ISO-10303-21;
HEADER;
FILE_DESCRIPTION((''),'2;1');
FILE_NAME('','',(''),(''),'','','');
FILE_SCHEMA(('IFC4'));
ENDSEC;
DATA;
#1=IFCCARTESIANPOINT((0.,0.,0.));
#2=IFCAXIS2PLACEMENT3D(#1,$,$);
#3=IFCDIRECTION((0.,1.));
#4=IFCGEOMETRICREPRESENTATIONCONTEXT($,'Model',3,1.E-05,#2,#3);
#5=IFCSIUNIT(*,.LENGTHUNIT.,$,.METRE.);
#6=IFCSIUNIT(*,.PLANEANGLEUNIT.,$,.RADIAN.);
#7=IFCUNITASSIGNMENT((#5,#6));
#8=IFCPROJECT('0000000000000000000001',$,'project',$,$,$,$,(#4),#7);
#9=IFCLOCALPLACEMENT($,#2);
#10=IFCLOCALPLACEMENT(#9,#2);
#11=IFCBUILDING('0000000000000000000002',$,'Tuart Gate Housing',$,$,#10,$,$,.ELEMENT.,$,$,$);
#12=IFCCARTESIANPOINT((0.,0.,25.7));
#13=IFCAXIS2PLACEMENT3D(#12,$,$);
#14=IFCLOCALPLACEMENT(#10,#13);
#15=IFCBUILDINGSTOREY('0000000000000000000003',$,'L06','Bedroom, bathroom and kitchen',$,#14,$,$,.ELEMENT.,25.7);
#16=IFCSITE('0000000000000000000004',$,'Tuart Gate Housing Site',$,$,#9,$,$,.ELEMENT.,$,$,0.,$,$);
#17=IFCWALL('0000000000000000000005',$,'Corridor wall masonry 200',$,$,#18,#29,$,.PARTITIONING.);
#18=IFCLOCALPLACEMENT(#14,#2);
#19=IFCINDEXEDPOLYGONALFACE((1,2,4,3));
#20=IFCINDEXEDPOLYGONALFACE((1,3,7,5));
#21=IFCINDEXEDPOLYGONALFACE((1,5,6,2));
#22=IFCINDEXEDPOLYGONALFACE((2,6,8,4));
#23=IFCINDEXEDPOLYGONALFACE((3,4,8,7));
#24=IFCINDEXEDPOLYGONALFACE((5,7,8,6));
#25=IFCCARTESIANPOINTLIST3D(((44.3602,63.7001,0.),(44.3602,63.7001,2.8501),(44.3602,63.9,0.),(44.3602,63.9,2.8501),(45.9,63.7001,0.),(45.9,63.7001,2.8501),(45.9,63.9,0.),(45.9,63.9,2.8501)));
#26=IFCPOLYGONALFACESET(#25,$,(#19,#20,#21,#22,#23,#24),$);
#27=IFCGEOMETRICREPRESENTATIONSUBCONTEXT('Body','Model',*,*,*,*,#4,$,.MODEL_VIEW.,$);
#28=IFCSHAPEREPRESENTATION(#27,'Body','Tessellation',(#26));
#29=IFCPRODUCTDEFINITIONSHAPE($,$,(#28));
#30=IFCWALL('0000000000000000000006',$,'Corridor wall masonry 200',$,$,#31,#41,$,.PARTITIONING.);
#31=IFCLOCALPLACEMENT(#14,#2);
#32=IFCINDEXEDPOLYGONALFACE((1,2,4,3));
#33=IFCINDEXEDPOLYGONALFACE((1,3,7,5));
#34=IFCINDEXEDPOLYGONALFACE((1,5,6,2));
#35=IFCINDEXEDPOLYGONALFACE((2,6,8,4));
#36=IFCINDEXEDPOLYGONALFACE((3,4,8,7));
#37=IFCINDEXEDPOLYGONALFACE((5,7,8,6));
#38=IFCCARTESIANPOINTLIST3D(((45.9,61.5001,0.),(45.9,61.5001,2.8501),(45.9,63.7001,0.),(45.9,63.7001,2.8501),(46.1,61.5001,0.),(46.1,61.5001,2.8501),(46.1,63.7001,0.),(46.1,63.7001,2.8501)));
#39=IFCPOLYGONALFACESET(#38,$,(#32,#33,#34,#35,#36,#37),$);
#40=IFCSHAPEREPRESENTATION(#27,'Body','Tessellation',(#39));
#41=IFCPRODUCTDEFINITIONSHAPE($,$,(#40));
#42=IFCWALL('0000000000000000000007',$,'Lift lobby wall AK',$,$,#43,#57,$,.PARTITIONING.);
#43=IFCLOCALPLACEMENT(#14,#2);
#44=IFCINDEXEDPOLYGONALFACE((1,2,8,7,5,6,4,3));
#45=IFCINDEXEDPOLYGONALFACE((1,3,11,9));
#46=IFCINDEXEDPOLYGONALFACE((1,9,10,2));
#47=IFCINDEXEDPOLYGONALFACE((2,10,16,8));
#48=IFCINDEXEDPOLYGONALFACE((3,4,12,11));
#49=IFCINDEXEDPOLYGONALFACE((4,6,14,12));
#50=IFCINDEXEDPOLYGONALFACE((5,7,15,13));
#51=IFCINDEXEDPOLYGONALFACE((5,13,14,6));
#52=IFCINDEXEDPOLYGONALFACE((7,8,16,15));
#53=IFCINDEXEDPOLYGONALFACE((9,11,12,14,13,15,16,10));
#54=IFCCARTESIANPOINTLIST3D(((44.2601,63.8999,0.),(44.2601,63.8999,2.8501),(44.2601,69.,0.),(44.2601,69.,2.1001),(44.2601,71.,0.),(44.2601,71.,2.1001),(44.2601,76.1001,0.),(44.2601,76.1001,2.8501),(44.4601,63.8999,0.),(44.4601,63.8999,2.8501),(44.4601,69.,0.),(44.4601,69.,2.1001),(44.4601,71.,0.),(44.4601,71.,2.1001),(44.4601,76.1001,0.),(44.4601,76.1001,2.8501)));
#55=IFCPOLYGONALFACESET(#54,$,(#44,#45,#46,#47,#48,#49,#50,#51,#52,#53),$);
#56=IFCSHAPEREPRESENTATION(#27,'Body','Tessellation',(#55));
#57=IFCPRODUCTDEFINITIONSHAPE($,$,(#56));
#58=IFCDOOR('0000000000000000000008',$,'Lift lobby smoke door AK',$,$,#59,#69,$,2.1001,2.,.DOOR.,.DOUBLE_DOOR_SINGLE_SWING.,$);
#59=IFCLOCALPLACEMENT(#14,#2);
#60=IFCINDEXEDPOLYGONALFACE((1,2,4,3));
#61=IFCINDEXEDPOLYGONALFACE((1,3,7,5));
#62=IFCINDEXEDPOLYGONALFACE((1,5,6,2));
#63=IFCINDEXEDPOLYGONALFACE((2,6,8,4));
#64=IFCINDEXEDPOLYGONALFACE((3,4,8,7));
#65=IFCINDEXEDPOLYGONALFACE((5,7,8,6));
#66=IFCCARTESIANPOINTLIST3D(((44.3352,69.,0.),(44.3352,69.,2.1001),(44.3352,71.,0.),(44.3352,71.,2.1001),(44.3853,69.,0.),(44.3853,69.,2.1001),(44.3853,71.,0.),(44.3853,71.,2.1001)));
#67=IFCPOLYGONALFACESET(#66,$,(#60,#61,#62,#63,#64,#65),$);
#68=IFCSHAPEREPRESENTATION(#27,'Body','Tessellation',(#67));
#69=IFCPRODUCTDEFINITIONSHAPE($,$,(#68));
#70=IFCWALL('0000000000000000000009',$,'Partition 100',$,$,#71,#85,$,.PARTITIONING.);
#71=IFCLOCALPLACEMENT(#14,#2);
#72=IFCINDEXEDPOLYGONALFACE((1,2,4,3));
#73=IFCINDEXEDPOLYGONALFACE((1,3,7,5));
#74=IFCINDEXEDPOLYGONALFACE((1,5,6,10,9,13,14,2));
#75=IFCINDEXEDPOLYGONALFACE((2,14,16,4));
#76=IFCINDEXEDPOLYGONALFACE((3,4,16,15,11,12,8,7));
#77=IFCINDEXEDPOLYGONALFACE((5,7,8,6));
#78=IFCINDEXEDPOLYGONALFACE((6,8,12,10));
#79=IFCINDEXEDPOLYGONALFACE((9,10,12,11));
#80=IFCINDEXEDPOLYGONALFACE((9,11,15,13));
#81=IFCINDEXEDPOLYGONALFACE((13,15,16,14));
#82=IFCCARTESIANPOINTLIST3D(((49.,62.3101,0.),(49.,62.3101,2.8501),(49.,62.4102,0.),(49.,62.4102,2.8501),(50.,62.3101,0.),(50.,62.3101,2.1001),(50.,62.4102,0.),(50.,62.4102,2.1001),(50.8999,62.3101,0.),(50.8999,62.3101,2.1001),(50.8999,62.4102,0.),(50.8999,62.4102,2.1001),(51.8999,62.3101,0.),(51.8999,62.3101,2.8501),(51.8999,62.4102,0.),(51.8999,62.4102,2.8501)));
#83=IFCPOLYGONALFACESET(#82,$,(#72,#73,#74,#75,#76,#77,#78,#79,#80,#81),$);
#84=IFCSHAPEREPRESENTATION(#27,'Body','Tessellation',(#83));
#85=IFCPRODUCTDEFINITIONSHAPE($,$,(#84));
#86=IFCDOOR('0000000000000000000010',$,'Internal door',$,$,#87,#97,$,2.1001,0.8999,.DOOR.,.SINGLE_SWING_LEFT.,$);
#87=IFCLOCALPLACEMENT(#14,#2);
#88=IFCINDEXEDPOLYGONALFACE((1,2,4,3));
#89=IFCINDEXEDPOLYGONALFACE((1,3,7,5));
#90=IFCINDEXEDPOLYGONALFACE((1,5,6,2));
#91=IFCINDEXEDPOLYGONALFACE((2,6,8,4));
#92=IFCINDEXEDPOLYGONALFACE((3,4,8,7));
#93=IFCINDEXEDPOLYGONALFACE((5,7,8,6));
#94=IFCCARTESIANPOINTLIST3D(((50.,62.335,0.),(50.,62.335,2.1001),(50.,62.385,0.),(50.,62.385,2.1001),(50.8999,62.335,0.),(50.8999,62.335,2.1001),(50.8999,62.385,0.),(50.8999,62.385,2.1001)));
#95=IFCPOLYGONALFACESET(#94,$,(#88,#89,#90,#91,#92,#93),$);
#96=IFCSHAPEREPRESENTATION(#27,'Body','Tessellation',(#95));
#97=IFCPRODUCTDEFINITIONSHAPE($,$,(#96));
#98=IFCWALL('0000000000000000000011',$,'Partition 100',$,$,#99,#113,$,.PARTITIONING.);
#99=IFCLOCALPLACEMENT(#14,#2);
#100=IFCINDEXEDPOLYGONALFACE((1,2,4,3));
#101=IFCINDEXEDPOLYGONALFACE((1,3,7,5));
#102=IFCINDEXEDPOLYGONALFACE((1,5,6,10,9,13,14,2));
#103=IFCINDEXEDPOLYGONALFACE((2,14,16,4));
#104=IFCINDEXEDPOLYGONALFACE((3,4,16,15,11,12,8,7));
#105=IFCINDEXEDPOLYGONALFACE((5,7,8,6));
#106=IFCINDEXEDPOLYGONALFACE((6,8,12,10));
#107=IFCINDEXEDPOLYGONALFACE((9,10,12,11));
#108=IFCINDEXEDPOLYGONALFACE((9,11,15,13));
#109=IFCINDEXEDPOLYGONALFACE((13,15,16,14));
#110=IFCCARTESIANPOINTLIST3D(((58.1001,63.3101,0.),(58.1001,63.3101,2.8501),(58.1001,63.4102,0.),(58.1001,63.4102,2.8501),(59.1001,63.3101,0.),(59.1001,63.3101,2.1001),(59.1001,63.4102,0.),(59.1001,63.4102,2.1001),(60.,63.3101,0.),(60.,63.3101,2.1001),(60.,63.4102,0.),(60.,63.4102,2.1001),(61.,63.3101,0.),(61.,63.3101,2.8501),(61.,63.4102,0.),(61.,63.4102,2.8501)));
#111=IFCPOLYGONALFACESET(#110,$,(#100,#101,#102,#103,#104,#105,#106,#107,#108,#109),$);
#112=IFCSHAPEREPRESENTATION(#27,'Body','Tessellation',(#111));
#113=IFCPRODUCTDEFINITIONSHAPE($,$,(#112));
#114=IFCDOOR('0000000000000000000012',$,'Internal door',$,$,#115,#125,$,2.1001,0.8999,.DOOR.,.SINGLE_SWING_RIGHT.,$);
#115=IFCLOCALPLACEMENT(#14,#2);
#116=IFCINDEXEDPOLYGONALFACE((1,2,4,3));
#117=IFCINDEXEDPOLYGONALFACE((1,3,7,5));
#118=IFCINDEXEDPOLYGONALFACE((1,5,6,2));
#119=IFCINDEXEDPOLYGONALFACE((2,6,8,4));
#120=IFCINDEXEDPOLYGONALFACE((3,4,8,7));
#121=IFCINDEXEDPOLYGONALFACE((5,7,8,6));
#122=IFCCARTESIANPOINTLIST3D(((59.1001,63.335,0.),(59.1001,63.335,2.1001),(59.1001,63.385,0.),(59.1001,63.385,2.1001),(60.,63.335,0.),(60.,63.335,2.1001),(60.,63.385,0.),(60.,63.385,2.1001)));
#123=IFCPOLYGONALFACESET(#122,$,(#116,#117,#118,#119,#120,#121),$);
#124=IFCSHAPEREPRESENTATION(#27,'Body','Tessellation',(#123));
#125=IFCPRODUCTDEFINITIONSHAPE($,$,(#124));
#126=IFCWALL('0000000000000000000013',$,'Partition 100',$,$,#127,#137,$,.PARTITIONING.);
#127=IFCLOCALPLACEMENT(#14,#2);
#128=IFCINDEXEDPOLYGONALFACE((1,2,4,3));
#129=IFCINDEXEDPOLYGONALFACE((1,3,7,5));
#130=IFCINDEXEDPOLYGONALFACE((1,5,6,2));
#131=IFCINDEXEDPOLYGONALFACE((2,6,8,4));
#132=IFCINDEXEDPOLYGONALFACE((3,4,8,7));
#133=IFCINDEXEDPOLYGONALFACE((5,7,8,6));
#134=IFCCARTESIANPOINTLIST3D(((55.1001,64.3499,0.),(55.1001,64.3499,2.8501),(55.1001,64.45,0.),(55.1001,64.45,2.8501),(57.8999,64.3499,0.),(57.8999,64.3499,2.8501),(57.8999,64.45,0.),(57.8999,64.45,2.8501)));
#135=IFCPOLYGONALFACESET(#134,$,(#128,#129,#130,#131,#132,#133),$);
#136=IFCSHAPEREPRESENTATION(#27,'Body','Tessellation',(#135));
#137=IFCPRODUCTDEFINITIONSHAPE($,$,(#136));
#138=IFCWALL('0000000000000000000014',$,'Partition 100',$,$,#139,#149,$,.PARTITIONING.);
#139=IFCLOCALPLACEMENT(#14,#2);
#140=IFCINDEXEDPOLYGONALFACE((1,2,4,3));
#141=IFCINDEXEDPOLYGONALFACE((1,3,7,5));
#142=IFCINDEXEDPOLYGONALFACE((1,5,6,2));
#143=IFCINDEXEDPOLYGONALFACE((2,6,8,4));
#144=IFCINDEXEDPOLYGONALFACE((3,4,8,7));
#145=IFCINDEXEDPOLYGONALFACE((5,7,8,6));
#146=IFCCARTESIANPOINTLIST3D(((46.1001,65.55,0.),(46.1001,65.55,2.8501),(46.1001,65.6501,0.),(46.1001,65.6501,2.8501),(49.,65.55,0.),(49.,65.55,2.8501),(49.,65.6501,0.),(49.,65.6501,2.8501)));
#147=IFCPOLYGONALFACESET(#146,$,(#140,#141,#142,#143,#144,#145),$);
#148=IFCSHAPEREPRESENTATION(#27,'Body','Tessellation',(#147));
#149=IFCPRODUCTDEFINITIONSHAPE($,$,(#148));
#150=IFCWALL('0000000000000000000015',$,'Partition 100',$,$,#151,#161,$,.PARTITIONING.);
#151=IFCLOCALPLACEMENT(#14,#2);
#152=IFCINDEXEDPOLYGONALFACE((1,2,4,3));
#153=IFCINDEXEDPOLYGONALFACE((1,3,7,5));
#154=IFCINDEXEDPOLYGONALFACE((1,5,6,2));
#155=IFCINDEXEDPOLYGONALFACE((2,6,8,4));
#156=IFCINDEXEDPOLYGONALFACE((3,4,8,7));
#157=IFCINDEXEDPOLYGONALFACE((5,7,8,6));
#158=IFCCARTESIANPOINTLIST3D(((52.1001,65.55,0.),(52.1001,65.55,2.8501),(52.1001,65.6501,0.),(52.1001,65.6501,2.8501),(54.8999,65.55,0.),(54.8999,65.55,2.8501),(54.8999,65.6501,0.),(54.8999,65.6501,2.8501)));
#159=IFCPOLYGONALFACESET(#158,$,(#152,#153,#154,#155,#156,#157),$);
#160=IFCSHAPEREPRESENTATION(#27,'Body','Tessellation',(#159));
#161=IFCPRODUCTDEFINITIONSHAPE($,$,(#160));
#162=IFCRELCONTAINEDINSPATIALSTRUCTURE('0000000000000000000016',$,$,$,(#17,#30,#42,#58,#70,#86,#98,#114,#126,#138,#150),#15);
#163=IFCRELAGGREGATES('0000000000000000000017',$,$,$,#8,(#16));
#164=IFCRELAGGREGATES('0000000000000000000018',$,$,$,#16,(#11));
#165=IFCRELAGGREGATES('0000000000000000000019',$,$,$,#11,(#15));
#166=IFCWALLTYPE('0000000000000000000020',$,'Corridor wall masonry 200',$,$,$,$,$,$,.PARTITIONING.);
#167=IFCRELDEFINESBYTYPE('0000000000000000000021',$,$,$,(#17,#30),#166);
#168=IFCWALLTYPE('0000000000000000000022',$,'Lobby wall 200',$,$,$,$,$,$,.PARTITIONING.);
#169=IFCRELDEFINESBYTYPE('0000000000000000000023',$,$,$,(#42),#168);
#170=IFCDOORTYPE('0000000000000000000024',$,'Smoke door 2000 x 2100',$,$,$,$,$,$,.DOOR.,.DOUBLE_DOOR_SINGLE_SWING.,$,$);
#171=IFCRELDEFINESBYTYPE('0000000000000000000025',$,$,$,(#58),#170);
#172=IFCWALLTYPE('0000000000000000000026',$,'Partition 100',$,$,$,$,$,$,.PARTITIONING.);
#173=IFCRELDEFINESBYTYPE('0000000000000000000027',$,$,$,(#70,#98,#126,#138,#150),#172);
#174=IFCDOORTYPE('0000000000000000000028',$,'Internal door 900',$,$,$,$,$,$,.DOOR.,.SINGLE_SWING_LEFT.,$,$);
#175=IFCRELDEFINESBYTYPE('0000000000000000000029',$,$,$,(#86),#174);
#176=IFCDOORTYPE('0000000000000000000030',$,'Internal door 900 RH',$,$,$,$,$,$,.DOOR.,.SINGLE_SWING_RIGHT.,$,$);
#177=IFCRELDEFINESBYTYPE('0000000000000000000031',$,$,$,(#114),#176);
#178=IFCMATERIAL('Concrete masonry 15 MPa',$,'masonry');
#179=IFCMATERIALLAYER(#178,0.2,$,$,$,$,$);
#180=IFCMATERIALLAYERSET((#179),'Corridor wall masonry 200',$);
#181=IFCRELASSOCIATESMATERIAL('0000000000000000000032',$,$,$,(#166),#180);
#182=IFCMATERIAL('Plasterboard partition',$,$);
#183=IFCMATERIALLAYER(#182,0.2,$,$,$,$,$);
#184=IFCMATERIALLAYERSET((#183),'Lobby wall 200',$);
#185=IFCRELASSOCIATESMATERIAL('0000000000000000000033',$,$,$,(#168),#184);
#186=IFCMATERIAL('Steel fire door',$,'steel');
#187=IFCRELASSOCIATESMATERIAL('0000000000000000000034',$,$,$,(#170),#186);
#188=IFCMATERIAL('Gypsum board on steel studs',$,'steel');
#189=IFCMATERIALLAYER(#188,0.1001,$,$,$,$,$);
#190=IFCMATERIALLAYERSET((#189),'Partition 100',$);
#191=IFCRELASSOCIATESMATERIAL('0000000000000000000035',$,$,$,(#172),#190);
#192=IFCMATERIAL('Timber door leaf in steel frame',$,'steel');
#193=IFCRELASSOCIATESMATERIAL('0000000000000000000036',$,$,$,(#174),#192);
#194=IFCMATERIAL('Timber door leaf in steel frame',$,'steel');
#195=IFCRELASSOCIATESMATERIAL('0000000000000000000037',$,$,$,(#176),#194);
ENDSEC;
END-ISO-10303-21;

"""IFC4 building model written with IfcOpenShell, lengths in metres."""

from ifc_helpers import new_model, si_unit, direction, frame, frame_2d, origin, place, context, subcontext, project, spatial, rectangle, extrude, material, layer, layer_set, type_object, element, fill, save


model = new_model("IFC4")

# Units and contexts
model_context = context("Model", 3, precision=1e-05, world=origin(), true_north=direction((0.0, 1.0)))
body_context = subcontext(model_context, "Body", "Model", "MODEL_VIEW")
ifc_project = project(units=[si_unit("LENGTHUNIT", "METRE"), si_unit("PLANEANGLEUNIT", "RADIAN")], contexts=[model_context])

# Site, building, storey
site_placement = place(None, origin())
site = spatial("IfcSite", under=ifc_project, at=site_placement, Name="Tuart Gate Housing Site", CompositionType="ELEMENT", RefElevation=0.0)
building_placement = place(site_placement, origin())
building = spatial("IfcBuilding", under=site, at=building_placement, Name="Tuart Gate Housing", CompositionType="ELEMENT")
storey_placement = place(building_placement, frame((0.0, 0.0, 25.7)))
storey = spatial("IfcBuildingStorey", under=building, at=storey_placement, Name="L06", Description="Bedroom, bathroom and kitchen", CompositionType="ELEMENT", Elevation=25.7)

# Walls
ifc_material_1 = material(Name="Concrete masonry 15 MPa", Category="masonry")
ifc_layer_1 = layer(ifc_material_1, 0.2)
ifc_layer_set_1 = layer_set([ifc_layer_1], Name="Corridor wall masonry 200")
wall_type_1 = type_object("IfcWallType", Name="Corridor wall masonry 200", PredefinedType="PARTITIONING", material=ifc_layer_set_1)
wall_1_placement = place(storey_placement, frame((44.3601, 63.8, 0.0), z_axis=(0.0, 0.0, 1.0), x_axis=(1.0, 0.0, 0.0)))
element("IfcWall", 1, at=wall_1_placement, inside=storey, type_object=wall_type_1, Name="Corridor wall masonry 200", PredefinedType="PARTITIONING", context=body_context, shape_type="SweptSolid", body=[
    extrude(rectangle(XDim=1.5398, YDim=0.2, at=frame_2d((0.77, 0.0))), origin(), (0.0, 0.0, 1.0), 2.8501),
])
wall_2_placement = place(storey_placement, frame((46.0, 61.5, 0.0), z_axis=(0.0, 0.0, 1.0), x_axis=(0.0, 1.0, 0.0)))
element("IfcWall", 2, at=wall_2_placement, inside=storey, type_object=wall_type_1, Name="Corridor wall masonry 200", PredefinedType="PARTITIONING", context=body_context, shape_type="SweptSolid", body=[
    extrude(rectangle(XDim=2.2, YDim=0.2, at=frame_2d((1.1001, 0.0))), origin(), (0.0, 0.0, 1.0), 2.8501),
])

# Walls, openings, doors
ifc_material_2 = material(Name="Plasterboard partition")
ifc_layer_2 = layer(ifc_material_2, 0.2)
ifc_layer_set_2 = layer_set([ifc_layer_2], Name="Lobby wall 200")
wall_type_2 = type_object("IfcWallType", Name="Lobby wall 200", PredefinedType="PARTITIONING", material=ifc_layer_set_2)
wall_3_placement = place(storey_placement, frame((44.3601, 63.8999, 0.0), z_axis=(0.0, 0.0, 1.0), x_axis=(0.0, 1.0, 0.0)))
wall_3 = element("IfcWall", 3, at=wall_3_placement, inside=storey, type_object=wall_type_2, Name="Lift lobby wall AK", PredefinedType="PARTITIONING", context=body_context, shape_type="SweptSolid", body=[
    extrude(rectangle(XDim=12.2002, YDim=0.2, at=frame_2d((6.1001, 0.0))), origin(), (0.0, 0.0, 1.0), 2.8501),
])
opening_1_placement = place(wall_3_placement, frame((5.1001, 0.0, 0.0)))
opening_1 = element("IfcOpeningElement", 4, at=opening_1_placement, cuts=wall_3, PredefinedType="OPENING", context=body_context, shape_type="SweptSolid", body=[
    extrude(rectangle(XDim=2.0, YDim=2.1001, at=frame_2d((1.0, 1.05))), frame((0.0, 0.1099, 0.0), z_axis=(0.0, -1.0, 0.0), x_axis=(1.0, 0.0, 0.0)), (0.0, 0.0, 1.0), 0.22),
])
ifc_material_3 = material(Name="Steel fire door", Category="steel")
door_type_1 = type_object("IfcDoorType", Name="Smoke door 2000 x 2100", OperationType="DOUBLE_DOOR_SINGLE_SWING", PredefinedType="DOOR", material=ifc_material_3)
door_1_placement = place(opening_1_placement, origin())
door_1 = element("IfcDoor", 5, at=door_1_placement, inside=storey, type_object=door_type_1, Name="Lift lobby smoke door AK", OperationType="DOUBLE_DOOR_SINGLE_SWING", OverallHeight=2.1001, OverallWidth=2.0, PredefinedType="DOOR", context=body_context, shape_type="SweptSolid", body=[
    extrude(rectangle(XDim=2.0, YDim=2.1001, at=frame_2d((1.0, 1.05))), frame((0.0, 0.0249, 0.0), z_axis=(0.0, -1.0, 0.0), x_axis=(1.0, 0.0, 0.0)), (0.0, 0.0, 1.0), 0.05),
])
fill(opening_1, door_1)
ifc_material_4 = material(Name="Gypsum board on steel studs", Category="steel")
ifc_layer_3 = layer(ifc_material_4, 0.1001)
ifc_layer_set_3 = layer_set([ifc_layer_3], Name="Partition 100")
wall_type_3 = type_object("IfcWallType", Name="Partition 100", PredefinedType="PARTITIONING", material=ifc_layer_set_3)
wall_4_placement = place(storey_placement, frame((49.0, 62.3601, 0.0), z_axis=(0.0, 0.0, 1.0), x_axis=(1.0, 0.0, 0.0)))
wall_4 = element("IfcWall", 6, at=wall_4_placement, inside=storey, type_object=wall_type_3, Name="Partition 100", PredefinedType="PARTITIONING", context=body_context, shape_type="SweptSolid", body=[
    extrude(rectangle(XDim=2.8999, YDim=0.1001, at=frame_2d((1.45, 0.0))), origin(), (0.0, 0.0, 1.0), 2.8501),
])
opening_2_placement = place(wall_4_placement, frame((1.0, 0.0, 0.0)))
opening_2 = element("IfcOpeningElement", 7, at=opening_2_placement, cuts=wall_4, PredefinedType="OPENING", context=body_context, shape_type="SweptSolid", body=[
    extrude(rectangle(XDim=0.8999, YDim=2.1001, at=frame_2d((0.45, 1.05))), frame((0.0, 0.0601, 0.0), z_axis=(0.0, -1.0, 0.0), x_axis=(1.0, 0.0, 0.0)), (0.0, 0.0, 1.0), 0.1201),
])
ifc_material_5 = material(Name="Timber door leaf in steel frame", Category="steel")
door_type_2 = type_object("IfcDoorType", Name="Internal door 900", OperationType="SINGLE_SWING_LEFT", PredefinedType="DOOR", material=ifc_material_5)
door_2_placement = place(opening_2_placement, origin())
door_2 = element("IfcDoor", 8, at=door_2_placement, inside=storey, type_object=door_type_2, Name="Internal door", OperationType="SINGLE_SWING_LEFT", OverallHeight=2.1001, OverallWidth=0.8999, PredefinedType="DOOR", context=body_context, shape_type="SweptSolid", body=[
    extrude(rectangle(XDim=0.8999, YDim=2.1001, at=frame_2d((0.45, 1.05))), frame((0.0, 0.0249, 0.0), z_axis=(0.0, -1.0, 0.0), x_axis=(1.0, 0.0, 0.0)), (0.0, 0.0, 1.0), 0.05),
])
fill(opening_2, door_2)
wall_5_placement = place(storey_placement, frame((58.1001, 63.3601, 0.0), z_axis=(0.0, 0.0, 1.0), x_axis=(1.0, 0.0, 0.0)))
wall_5 = element("IfcWall", 9, at=wall_5_placement, inside=storey, type_object=wall_type_3, Name="Partition 100", PredefinedType="PARTITIONING", context=body_context, shape_type="SweptSolid", body=[
    extrude(rectangle(XDim=2.8999, YDim=0.1001, at=frame_2d((1.45, 0.0))), origin(), (0.0, 0.0, 1.0), 2.8501),
])
opening_3_placement = place(wall_5_placement, frame((1.0, 0.0, 0.0)))
opening_3 = element("IfcOpeningElement", 10, at=opening_3_placement, cuts=wall_5, PredefinedType="OPENING", context=body_context, shape_type="SweptSolid", body=[
    extrude(rectangle(XDim=0.8999, YDim=2.1001, at=frame_2d((0.45, 1.05))), frame((0.0, 0.0601, 0.0), z_axis=(0.0, -1.0, 0.0), x_axis=(1.0, 0.0, 0.0)), (0.0, 0.0, 1.0), 0.1201),
])
ifc_material_6 = material(Name="Timber door leaf in steel frame", Category="steel")
door_type_3 = type_object("IfcDoorType", Name="Internal door 900 RH", OperationType="SINGLE_SWING_RIGHT", PredefinedType="DOOR", material=ifc_material_6)
door_3_placement = place(opening_3_placement, origin())
door_3 = element("IfcDoor", 11, at=door_3_placement, inside=storey, type_object=door_type_3, Name="Internal door", OperationType="SINGLE_SWING_RIGHT", OverallHeight=2.1001, OverallWidth=0.8999, PredefinedType="DOOR", context=body_context, shape_type="SweptSolid", body=[
    extrude(rectangle(XDim=0.8999, YDim=2.1001, at=frame_2d((0.45, 1.05))), frame((0.0, 0.0249, 0.0), z_axis=(0.0, -1.0, 0.0), x_axis=(1.0, 0.0, 0.0)), (0.0, 0.0, 1.0), 0.05),
])
fill(opening_3, door_3)

# Walls
wall_6_placement = place(storey_placement, frame((55.1001, 64.3999, 0.0), z_axis=(0.0, 0.0, 1.0), x_axis=(1.0, 0.0, 0.0)))
element("IfcWall", 12, at=wall_6_placement, inside=storey, type_object=wall_type_3, Name="Partition 100", PredefinedType="PARTITIONING", context=body_context, shape_type="SweptSolid", body=[
    extrude(rectangle(XDim=2.7998, YDim=0.1001, at=frame_2d((1.3999, 0.0))), origin(), (0.0, 0.0, 1.0), 2.8501),
])
wall_7_placement = place(storey_placement, frame((46.1001, 65.6001, 0.0), z_axis=(0.0, 0.0, 1.0), x_axis=(1.0, 0.0, 0.0)))
element("IfcWall", 13, at=wall_7_placement, inside=storey, type_object=wall_type_3, Name="Partition 100", PredefinedType="PARTITIONING", context=body_context, shape_type="SweptSolid", body=[
    extrude(rectangle(XDim=2.8999, YDim=0.1001, at=frame_2d((1.45, 0.0))), origin(), (0.0, 0.0, 1.0), 2.8501),
])
wall_8_placement = place(storey_placement, frame((52.1001, 65.6001, 0.0), z_axis=(0.0, 0.0, 1.0), x_axis=(1.0, 0.0, 0.0)))
element("IfcWall", 14, at=wall_8_placement, inside=storey, type_object=wall_type_3, Name="Partition 100", PredefinedType="PARTITIONING", context=body_context, shape_type="SweptSolid", body=[
    extrude(rectangle(XDim=2.7998, YDim=0.1001, at=frame_2d((1.3999, 0.0))), origin(), (0.0, 0.0, 1.0), 2.8501),
])

save(model, "model.ifc")
